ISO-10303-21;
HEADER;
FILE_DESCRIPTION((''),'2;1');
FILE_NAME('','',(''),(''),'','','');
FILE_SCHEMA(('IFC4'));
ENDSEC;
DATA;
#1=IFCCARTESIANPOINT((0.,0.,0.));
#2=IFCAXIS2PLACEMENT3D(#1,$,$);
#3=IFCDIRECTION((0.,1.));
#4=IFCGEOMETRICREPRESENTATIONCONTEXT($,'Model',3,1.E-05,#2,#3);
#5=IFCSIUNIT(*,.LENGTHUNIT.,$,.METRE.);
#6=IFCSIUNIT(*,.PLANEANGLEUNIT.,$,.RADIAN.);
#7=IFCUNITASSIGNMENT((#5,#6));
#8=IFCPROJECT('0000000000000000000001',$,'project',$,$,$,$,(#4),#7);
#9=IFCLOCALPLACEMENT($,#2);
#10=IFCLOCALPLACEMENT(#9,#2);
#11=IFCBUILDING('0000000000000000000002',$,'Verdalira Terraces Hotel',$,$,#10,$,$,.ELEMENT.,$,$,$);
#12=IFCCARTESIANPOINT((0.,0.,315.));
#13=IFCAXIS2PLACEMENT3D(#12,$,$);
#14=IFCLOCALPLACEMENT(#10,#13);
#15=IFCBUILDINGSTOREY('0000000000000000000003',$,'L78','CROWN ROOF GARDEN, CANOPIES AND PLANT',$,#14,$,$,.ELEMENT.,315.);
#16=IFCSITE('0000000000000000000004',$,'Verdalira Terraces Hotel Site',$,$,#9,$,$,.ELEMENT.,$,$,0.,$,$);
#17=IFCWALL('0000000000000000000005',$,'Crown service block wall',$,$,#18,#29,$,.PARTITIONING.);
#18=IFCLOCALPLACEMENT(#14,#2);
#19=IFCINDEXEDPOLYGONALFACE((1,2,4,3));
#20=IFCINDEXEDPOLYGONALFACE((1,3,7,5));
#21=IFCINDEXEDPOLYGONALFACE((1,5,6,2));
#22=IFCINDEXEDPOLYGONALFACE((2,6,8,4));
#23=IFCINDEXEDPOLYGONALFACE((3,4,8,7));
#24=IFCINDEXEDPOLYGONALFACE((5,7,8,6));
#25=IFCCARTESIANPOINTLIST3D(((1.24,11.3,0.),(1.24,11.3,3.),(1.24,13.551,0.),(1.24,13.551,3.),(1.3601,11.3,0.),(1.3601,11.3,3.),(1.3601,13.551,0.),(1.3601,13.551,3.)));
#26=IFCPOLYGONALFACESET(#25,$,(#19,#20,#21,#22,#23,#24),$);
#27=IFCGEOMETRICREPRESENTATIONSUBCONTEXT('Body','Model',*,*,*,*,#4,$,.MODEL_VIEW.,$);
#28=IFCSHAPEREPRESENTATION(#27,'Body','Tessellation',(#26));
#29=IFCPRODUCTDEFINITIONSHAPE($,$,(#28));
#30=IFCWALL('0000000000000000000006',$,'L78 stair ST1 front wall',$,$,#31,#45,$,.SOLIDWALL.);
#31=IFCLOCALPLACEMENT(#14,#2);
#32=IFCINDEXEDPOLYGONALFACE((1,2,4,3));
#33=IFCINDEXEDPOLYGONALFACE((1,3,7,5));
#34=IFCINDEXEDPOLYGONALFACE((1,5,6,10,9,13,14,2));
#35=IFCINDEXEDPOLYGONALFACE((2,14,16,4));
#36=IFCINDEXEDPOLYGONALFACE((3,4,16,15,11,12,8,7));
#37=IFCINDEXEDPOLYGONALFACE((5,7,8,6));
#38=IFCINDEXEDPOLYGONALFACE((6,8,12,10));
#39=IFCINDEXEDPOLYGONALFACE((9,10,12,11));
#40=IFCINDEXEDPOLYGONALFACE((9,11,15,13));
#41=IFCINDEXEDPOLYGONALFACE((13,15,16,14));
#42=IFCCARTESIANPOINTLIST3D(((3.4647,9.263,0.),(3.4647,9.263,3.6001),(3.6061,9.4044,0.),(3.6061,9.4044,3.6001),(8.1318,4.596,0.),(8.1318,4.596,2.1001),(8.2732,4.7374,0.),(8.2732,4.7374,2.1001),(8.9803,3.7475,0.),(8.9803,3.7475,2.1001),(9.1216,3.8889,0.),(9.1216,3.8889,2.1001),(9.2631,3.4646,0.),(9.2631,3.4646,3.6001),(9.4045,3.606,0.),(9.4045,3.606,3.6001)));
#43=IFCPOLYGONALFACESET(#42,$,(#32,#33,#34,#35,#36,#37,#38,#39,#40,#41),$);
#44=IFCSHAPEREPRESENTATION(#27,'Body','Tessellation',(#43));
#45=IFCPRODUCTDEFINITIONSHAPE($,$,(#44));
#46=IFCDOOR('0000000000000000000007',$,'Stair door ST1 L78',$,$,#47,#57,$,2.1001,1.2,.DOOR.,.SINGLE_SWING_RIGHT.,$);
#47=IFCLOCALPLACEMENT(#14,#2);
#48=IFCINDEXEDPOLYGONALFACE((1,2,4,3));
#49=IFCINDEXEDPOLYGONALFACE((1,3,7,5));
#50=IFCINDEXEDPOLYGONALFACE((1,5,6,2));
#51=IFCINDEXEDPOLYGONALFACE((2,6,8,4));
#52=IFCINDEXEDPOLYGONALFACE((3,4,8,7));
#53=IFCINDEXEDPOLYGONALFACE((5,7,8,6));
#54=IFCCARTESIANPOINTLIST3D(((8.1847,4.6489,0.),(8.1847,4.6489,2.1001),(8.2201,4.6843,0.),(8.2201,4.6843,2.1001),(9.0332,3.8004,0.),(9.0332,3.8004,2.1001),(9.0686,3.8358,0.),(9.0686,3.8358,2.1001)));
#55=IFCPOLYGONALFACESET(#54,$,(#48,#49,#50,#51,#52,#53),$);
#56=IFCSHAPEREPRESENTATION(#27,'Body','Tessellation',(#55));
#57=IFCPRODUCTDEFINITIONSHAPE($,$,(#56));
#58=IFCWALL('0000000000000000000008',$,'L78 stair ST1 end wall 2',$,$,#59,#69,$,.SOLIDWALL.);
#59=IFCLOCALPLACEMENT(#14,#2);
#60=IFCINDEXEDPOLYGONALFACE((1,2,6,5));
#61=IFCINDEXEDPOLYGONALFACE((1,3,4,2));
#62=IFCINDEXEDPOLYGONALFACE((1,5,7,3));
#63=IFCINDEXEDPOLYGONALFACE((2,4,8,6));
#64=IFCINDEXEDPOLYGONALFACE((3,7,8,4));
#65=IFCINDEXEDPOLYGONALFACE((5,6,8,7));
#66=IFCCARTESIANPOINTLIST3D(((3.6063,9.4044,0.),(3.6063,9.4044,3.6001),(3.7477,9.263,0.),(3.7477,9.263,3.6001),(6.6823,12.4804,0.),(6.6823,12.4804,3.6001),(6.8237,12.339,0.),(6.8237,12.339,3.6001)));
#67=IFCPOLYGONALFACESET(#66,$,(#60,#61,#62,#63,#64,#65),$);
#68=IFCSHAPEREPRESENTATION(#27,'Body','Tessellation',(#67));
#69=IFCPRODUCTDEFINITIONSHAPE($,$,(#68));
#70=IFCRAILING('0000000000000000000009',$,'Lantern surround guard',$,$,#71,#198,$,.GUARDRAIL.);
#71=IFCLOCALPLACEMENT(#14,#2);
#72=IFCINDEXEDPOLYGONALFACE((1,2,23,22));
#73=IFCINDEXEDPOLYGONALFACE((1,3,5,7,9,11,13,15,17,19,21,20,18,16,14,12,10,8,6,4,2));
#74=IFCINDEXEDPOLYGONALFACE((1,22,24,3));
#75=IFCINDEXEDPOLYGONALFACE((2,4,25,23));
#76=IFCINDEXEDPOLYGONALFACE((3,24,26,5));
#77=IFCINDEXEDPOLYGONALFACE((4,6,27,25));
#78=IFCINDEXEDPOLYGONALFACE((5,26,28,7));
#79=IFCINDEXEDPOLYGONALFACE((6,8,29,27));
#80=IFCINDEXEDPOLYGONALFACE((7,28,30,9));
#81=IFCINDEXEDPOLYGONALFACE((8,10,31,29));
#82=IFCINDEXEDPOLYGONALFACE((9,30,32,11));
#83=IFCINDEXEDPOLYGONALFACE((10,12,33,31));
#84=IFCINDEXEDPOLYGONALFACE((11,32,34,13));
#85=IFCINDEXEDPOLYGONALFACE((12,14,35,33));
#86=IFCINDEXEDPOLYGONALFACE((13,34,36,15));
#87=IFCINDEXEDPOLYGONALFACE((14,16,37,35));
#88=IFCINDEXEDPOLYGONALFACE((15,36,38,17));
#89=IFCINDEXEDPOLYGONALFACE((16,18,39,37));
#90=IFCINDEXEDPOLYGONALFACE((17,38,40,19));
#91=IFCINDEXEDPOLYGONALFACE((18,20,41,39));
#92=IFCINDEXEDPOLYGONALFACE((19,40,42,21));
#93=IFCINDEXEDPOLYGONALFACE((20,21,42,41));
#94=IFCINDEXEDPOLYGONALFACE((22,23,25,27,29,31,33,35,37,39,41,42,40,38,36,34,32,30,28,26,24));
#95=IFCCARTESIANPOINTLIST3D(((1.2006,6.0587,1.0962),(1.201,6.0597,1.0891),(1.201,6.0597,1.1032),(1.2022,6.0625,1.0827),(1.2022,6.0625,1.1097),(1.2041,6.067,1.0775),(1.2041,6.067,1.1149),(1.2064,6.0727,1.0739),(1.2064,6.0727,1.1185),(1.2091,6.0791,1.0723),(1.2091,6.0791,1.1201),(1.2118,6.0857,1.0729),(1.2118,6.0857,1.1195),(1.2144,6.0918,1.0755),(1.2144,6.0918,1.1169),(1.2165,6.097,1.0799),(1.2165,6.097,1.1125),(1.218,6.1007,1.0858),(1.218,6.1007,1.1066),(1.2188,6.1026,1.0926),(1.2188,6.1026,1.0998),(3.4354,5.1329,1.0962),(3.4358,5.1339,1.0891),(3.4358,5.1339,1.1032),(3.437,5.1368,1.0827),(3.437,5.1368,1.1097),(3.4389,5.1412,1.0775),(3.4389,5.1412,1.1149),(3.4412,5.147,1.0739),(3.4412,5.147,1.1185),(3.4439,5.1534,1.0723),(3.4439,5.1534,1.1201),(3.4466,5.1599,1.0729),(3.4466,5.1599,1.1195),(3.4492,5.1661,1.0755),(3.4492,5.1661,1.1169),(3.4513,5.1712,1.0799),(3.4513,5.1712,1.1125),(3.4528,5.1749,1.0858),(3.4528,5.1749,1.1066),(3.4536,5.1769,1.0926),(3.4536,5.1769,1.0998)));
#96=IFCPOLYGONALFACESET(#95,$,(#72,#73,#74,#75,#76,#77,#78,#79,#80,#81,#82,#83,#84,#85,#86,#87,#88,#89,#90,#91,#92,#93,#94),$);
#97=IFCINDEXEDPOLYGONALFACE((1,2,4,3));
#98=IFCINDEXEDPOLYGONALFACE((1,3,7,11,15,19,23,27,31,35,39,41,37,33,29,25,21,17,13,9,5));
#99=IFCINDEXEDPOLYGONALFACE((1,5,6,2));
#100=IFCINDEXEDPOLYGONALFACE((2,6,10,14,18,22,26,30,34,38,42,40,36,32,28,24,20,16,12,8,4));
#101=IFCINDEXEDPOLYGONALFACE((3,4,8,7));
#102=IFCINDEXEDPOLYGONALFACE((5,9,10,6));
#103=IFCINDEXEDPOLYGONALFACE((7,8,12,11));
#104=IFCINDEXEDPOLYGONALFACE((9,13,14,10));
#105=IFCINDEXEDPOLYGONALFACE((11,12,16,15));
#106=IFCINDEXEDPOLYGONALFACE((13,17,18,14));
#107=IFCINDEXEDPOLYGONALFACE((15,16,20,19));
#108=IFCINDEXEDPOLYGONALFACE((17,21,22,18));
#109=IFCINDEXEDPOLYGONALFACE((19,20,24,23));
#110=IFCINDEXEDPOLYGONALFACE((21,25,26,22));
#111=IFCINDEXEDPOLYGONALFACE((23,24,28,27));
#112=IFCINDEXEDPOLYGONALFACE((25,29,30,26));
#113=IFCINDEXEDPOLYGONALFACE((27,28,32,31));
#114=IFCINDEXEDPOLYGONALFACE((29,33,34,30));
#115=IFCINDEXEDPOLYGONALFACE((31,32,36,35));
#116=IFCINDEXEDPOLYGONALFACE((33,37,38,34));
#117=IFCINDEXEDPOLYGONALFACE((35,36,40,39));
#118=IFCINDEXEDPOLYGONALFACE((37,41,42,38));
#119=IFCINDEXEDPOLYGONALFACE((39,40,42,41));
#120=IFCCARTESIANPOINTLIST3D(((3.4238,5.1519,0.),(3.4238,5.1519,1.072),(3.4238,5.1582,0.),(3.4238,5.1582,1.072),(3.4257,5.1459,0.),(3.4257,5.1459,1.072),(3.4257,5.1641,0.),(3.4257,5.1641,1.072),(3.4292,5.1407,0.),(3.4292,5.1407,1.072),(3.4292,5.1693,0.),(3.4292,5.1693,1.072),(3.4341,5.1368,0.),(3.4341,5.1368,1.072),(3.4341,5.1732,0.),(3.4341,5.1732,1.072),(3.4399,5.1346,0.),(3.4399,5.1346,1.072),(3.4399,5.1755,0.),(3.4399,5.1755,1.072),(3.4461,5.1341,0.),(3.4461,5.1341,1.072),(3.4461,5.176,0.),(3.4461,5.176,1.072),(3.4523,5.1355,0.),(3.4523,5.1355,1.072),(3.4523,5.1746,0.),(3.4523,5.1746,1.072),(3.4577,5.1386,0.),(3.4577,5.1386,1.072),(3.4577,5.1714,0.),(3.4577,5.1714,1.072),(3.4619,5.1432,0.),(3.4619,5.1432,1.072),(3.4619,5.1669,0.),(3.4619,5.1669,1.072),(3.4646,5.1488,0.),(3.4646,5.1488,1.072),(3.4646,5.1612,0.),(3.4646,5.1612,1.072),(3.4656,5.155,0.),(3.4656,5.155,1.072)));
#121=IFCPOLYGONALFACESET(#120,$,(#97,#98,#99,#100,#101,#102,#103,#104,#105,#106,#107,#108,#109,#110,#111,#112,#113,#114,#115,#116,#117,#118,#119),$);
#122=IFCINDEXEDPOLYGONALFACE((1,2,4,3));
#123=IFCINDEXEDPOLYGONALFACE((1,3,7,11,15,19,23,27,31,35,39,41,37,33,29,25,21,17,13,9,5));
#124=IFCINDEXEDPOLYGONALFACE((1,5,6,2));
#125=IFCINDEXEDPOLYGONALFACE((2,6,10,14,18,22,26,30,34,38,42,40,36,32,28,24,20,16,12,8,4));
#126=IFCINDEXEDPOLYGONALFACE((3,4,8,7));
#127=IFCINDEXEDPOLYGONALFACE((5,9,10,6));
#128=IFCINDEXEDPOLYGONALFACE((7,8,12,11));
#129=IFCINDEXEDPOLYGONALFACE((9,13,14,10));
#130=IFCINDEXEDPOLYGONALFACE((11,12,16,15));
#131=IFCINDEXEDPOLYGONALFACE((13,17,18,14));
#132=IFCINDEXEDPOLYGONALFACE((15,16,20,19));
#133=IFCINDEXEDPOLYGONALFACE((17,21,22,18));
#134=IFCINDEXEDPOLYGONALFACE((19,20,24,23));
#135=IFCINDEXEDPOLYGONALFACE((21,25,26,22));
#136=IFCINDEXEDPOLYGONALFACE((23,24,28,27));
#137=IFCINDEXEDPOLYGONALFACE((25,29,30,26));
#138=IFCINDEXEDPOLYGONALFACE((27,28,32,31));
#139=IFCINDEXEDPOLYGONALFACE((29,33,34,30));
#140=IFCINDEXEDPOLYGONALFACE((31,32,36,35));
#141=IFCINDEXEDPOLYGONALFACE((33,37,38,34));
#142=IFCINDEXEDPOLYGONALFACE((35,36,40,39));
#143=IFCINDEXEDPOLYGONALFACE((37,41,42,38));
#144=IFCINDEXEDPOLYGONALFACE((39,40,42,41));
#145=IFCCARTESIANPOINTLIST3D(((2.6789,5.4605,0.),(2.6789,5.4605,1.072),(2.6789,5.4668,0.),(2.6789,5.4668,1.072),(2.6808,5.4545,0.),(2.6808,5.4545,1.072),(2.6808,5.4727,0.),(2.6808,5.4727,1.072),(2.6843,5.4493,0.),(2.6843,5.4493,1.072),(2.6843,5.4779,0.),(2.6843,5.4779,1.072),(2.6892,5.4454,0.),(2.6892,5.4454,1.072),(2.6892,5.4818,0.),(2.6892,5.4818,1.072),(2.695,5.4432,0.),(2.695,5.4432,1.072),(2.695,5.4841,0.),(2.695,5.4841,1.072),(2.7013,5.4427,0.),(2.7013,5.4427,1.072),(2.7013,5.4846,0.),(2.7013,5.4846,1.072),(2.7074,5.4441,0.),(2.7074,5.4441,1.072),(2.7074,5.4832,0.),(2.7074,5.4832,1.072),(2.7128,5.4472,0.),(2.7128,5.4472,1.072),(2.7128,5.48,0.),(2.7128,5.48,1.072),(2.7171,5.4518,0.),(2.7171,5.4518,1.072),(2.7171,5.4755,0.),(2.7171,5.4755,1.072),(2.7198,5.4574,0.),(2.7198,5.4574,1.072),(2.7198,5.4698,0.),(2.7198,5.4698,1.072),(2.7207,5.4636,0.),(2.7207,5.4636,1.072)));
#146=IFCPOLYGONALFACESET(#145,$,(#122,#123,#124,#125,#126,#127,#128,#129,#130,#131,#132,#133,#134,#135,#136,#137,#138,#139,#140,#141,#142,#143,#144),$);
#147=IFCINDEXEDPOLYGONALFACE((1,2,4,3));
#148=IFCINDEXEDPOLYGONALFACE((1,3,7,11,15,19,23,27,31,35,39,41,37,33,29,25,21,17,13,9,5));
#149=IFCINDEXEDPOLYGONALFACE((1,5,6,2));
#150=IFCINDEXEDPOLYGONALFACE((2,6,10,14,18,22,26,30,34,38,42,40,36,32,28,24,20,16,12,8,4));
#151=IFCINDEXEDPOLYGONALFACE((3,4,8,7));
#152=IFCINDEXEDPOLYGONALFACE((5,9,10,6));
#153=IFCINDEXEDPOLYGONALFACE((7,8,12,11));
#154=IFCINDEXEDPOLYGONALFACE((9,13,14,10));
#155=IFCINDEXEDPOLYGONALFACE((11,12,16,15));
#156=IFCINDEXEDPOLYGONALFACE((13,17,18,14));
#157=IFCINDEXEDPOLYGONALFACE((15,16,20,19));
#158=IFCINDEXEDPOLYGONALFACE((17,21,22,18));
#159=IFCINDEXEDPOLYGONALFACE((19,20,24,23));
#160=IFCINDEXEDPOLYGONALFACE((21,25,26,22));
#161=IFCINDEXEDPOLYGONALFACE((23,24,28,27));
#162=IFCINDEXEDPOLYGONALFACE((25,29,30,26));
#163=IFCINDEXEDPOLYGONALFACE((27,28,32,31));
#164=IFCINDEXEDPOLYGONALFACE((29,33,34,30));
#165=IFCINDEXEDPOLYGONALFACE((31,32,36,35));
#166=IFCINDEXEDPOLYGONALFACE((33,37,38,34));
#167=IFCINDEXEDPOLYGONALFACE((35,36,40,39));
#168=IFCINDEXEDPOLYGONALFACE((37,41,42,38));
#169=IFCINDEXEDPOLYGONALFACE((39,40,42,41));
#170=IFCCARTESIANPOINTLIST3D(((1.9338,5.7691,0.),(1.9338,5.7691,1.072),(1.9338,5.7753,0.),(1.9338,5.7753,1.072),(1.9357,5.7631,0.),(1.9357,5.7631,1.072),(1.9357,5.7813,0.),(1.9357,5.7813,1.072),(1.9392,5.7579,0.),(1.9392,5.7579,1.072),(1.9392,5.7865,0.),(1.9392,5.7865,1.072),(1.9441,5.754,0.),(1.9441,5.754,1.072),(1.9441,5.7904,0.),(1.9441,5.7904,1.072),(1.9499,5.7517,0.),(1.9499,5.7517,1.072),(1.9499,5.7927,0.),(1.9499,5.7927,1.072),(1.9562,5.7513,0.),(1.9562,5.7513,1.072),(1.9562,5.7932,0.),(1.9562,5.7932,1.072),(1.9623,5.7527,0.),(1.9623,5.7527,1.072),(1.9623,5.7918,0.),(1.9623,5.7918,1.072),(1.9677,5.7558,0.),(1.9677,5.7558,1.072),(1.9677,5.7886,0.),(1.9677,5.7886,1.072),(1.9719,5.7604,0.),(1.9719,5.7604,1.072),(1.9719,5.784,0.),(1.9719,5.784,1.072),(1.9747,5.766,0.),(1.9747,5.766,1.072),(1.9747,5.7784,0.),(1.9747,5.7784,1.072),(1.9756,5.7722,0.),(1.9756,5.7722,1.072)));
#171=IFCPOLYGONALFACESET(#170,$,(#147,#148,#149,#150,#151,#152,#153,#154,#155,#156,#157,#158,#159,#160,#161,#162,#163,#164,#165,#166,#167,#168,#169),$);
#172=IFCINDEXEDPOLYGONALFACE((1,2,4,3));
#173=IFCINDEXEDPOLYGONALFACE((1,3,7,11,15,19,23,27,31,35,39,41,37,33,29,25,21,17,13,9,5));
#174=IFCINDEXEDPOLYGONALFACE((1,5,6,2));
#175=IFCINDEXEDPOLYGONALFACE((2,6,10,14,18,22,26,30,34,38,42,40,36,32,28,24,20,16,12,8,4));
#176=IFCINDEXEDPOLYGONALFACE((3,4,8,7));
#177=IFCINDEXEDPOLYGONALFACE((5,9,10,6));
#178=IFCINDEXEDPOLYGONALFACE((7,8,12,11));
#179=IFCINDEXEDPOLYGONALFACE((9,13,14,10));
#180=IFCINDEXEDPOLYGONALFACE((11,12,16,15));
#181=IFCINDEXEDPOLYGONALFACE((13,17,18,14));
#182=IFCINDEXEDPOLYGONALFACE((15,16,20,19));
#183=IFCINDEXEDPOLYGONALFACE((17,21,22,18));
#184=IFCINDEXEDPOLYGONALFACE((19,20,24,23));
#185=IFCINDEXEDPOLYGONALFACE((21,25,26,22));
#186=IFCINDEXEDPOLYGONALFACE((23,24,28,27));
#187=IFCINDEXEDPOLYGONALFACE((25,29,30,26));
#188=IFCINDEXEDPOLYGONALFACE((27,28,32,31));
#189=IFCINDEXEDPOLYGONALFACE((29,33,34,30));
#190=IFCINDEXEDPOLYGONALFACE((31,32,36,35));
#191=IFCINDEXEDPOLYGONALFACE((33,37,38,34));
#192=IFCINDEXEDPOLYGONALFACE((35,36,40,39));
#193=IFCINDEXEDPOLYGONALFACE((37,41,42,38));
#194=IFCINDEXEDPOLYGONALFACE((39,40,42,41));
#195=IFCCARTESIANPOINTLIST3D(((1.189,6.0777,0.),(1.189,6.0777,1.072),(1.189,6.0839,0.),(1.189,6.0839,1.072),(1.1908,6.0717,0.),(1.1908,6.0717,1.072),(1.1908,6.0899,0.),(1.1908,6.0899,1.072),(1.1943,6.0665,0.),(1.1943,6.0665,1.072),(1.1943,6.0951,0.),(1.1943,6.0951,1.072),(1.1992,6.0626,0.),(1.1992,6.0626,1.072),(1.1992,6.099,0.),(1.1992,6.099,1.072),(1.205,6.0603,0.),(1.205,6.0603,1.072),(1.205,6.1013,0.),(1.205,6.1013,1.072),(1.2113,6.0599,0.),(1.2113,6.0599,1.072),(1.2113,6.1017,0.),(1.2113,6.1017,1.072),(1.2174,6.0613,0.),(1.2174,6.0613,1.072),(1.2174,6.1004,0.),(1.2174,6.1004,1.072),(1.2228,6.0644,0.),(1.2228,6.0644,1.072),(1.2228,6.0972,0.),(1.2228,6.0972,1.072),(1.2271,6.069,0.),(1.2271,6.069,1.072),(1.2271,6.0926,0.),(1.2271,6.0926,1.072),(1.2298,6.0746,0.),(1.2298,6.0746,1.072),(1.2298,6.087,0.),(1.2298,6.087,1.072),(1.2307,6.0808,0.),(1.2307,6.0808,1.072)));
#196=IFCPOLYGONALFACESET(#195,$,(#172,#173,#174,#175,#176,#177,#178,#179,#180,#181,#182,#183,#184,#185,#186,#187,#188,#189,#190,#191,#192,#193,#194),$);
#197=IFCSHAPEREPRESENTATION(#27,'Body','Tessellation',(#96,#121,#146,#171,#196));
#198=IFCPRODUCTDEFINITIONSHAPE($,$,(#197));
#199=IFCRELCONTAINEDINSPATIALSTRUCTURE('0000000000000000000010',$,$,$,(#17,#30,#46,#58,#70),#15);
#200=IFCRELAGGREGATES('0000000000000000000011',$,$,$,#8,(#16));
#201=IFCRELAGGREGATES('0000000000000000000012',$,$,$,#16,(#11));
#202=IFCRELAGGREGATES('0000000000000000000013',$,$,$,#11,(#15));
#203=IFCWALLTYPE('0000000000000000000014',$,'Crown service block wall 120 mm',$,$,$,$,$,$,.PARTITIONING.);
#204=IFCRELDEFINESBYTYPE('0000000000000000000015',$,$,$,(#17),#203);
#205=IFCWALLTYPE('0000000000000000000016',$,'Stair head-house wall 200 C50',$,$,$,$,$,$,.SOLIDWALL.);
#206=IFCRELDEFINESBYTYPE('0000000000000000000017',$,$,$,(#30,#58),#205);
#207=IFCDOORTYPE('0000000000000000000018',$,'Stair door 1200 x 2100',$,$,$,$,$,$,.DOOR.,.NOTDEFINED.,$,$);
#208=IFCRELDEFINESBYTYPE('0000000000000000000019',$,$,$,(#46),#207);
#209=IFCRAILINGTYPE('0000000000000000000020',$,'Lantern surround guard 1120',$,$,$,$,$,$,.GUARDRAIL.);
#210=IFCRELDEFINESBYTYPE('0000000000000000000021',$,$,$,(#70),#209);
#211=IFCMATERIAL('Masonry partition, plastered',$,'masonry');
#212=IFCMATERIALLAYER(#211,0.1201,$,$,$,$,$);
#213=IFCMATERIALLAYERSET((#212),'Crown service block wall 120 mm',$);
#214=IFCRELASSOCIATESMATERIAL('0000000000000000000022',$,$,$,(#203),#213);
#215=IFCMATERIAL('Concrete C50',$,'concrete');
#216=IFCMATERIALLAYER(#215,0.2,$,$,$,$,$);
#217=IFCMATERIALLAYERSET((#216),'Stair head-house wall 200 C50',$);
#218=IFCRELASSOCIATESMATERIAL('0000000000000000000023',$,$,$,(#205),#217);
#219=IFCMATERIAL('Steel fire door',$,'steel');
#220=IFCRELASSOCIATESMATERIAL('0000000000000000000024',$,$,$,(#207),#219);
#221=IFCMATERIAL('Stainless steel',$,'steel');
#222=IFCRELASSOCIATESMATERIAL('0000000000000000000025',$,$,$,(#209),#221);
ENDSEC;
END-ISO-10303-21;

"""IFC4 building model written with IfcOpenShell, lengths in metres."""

from ifc_helpers import new_model, si_unit, direction, frame, frame_2d, origin, origin_2d, place, context, subcontext, project, spatial, rectangle, circle, extrude, material, layer, layer_set, type_object, element, fill, save


model = new_model("IFC4")

# Units and contexts
model_context = context("Model", 3, precision=1e-05, world=origin(), true_north=direction((0.0, 1.0)))
body_context = subcontext(model_context, "Body", "Model", "MODEL_VIEW")
ifc_project = project(units=[si_unit("LENGTHUNIT", "METRE"), si_unit("PLANEANGLEUNIT", "RADIAN")], contexts=[model_context])

# Site, building, storey
site_placement = place(None, origin())
site = spatial("IfcSite", under=ifc_project, at=site_placement, Name="Verdalira Terraces Hotel Site", CompositionType="ELEMENT", RefElevation=0.0)
building_placement = place(site_placement, origin())
building = spatial("IfcBuilding", under=site, at=building_placement, Name="Verdalira Terraces Hotel", CompositionType="ELEMENT")
storey_placement = place(building_placement, frame((0.0, 0.0, 315.0)))
storey = spatial("IfcBuildingStorey", under=building, at=storey_placement, Name="L78", Description="CROWN ROOF GARDEN, CANOPIES AND PLANT", CompositionType="ELEMENT", Elevation=315.0)

# Shared definitions
ifc_material_1 = material(Name="Masonry partition, plastered", Category="masonry")
ifc_layer_1 = layer(ifc_material_1, 0.1201)
ifc_layer_set_1 = layer_set([ifc_layer_1], Name="Crown service block wall 120 mm")
wall_type_1 = type_object("IfcWallType", Name="Crown service block wall 120 mm", PredefinedType="PARTITIONING", material=ifc_layer_set_1)

# Wall
wall_1_placement = place(storey_placement, frame((1.3, 11.3, 0.0), z_axis=(0.0, 0.0, 1.0), x_axis=(0.0, 1.0, 0.0)))
element("IfcWall", 1, at=wall_1_placement, inside=storey, type_object=wall_type_1, Name="Crown service block wall", PredefinedType="PARTITIONING", context=body_context, shape_type="SweptSolid", body=[
    extrude(rectangle(XDim=2.251, YDim=0.1201, at=frame_2d((1.1255, 0.0))), origin(), (0.0, 0.0, 1.0), 3.0),
])

# Wall, opening, door
ifc_material_2 = material(Name="Concrete C50", Category="concrete")
ifc_layer_2 = layer(ifc_material_2, 0.2)
ifc_layer_set_2 = layer_set([ifc_layer_2], Name="Stair head-house wall 200 C50")
wall_type_2 = type_object("IfcWallType", Name="Stair head-house wall 200 C50", PredefinedType="SOLIDWALL", material=ifc_layer_set_2)
wall_2_placement = place(storey_placement, frame((3.5354, 9.3337, 0.0), z_axis=(0.0, 0.0, 1.0), x_axis=(0.707107, -0.707107, 0.0)))
wall_2 = element("IfcWall", 2, at=wall_2_placement, inside=storey, type_object=wall_type_2, Name="L78 stair ST1 front wall", PredefinedType="SOLIDWALL", context=body_context, shape_type="SweptSolid", body=[
    extrude(rectangle(XDim=8.2002, YDim=0.2, at=frame_2d((4.1001, 0.0))), origin(), (0.0, 0.0, 1.0), 3.6001),
])
opening_1_placement = place(wall_2_placement, frame((6.6001, 0.0, 0.0)))
opening_1 = element("IfcOpeningElement", 3, at=opening_1_placement, cuts=wall_2, PredefinedType="OPENING", context=body_context, shape_type="SweptSolid", body=[
    extrude(rectangle(XDim=1.2, YDim=2.1001, at=frame_2d((0.6001, 1.05))), frame((0.0, 0.1099, 0.0), z_axis=(0.0, -1.0, 0.0), x_axis=(1.0, 0.0, 0.0)), (0.0, 0.0, 1.0), 0.22),
])
ifc_material_3 = material(Name="Steel fire door", Category="steel")
door_type_1 = type_object("IfcDoorType", Name="Stair door 1200 x 2100", OperationType="NOTDEFINED", PredefinedType="DOOR", material=ifc_material_3)
door_1_placement = place(opening_1_placement, origin())
door_1 = element("IfcDoor", 4, at=door_1_placement, inside=storey, type_object=door_type_1, Name="Stair door ST1 L78", OperationType="SINGLE_SWING_RIGHT", OverallHeight=2.1001, OverallWidth=1.2, PredefinedType="DOOR", context=body_context, shape_type="SweptSolid", body=[
    extrude(rectangle(XDim=1.2, YDim=2.1001, at=frame_2d((0.6001, 1.05))), frame((0.0, 0.0249, 0.0), z_axis=(0.0, -1.0, 0.0), x_axis=(1.0, 0.0, 0.0)), (0.0, 0.0, 1.0), 0.05),
])
fill(opening_1, door_1)

# Wall
wall_3_placement = place(storey_placement, frame((3.677, 9.3337, 0.0), z_axis=(0.0, 0.0, 1.0), x_axis=(0.707107, 0.707107, 0.0)))
element("IfcWall", 5, at=wall_3_placement, inside=storey, type_object=wall_type_2, Name="L78 stair ST1 end wall 2", PredefinedType="SOLIDWALL", context=body_context, shape_type="SweptSolid", body=[
    extrude(rectangle(XDim=4.3501, YDim=0.2, at=frame_2d((2.175, 0.0))), origin(), (0.0, 0.0, 1.0), 3.6001),
])

# Railing
ifc_material_4 = material(Name="Stainless steel", Category="steel")
railing_type = type_object("IfcRailingType", Name="Lantern surround guard 1120", PredefinedType="GUARDRAIL", material=ifc_material_4)
railing_1_placement = place(storey_placement, frame((3.4446, 5.155, 0.0)))
element("IfcRailing", 6, at=railing_1_placement, inside=storey, type_object=railing_type, Name="Lantern surround guard", PredefinedType="GUARDRAIL", context=body_context, shape_type="SweptSolid", body=[
    extrude(circle(Radius=0.0239, at=origin_2d()), frame((0.0, 0.0, 1.0962), z_axis=(-0.923869, 0.382708, 0.0), x_axis=(-0.382708, -0.923869, 0.0)), (0.0, 0.0, 1.0), 2.4189),
    extrude(circle(Radius=0.021, at=origin_2d()), origin(), (0.0, 0.0, 1.0), 1.072),
    extrude(circle(Radius=0.021, at=origin_2d()), frame((-0.7449, 0.3086, 0.0)), (0.0, 0.0, 1.0), 1.072),
    extrude(circle(Radius=0.021, at=origin_2d()), frame((-1.49, 0.6172, 0.0)), (0.0, 0.0, 1.0), 1.072),
    extrude(circle(Radius=0.021, at=origin_2d()), frame((-2.2349, 0.9258, 0.0)), (0.0, 0.0, 1.0), 1.072),
])

save(model, "model.ifc")
